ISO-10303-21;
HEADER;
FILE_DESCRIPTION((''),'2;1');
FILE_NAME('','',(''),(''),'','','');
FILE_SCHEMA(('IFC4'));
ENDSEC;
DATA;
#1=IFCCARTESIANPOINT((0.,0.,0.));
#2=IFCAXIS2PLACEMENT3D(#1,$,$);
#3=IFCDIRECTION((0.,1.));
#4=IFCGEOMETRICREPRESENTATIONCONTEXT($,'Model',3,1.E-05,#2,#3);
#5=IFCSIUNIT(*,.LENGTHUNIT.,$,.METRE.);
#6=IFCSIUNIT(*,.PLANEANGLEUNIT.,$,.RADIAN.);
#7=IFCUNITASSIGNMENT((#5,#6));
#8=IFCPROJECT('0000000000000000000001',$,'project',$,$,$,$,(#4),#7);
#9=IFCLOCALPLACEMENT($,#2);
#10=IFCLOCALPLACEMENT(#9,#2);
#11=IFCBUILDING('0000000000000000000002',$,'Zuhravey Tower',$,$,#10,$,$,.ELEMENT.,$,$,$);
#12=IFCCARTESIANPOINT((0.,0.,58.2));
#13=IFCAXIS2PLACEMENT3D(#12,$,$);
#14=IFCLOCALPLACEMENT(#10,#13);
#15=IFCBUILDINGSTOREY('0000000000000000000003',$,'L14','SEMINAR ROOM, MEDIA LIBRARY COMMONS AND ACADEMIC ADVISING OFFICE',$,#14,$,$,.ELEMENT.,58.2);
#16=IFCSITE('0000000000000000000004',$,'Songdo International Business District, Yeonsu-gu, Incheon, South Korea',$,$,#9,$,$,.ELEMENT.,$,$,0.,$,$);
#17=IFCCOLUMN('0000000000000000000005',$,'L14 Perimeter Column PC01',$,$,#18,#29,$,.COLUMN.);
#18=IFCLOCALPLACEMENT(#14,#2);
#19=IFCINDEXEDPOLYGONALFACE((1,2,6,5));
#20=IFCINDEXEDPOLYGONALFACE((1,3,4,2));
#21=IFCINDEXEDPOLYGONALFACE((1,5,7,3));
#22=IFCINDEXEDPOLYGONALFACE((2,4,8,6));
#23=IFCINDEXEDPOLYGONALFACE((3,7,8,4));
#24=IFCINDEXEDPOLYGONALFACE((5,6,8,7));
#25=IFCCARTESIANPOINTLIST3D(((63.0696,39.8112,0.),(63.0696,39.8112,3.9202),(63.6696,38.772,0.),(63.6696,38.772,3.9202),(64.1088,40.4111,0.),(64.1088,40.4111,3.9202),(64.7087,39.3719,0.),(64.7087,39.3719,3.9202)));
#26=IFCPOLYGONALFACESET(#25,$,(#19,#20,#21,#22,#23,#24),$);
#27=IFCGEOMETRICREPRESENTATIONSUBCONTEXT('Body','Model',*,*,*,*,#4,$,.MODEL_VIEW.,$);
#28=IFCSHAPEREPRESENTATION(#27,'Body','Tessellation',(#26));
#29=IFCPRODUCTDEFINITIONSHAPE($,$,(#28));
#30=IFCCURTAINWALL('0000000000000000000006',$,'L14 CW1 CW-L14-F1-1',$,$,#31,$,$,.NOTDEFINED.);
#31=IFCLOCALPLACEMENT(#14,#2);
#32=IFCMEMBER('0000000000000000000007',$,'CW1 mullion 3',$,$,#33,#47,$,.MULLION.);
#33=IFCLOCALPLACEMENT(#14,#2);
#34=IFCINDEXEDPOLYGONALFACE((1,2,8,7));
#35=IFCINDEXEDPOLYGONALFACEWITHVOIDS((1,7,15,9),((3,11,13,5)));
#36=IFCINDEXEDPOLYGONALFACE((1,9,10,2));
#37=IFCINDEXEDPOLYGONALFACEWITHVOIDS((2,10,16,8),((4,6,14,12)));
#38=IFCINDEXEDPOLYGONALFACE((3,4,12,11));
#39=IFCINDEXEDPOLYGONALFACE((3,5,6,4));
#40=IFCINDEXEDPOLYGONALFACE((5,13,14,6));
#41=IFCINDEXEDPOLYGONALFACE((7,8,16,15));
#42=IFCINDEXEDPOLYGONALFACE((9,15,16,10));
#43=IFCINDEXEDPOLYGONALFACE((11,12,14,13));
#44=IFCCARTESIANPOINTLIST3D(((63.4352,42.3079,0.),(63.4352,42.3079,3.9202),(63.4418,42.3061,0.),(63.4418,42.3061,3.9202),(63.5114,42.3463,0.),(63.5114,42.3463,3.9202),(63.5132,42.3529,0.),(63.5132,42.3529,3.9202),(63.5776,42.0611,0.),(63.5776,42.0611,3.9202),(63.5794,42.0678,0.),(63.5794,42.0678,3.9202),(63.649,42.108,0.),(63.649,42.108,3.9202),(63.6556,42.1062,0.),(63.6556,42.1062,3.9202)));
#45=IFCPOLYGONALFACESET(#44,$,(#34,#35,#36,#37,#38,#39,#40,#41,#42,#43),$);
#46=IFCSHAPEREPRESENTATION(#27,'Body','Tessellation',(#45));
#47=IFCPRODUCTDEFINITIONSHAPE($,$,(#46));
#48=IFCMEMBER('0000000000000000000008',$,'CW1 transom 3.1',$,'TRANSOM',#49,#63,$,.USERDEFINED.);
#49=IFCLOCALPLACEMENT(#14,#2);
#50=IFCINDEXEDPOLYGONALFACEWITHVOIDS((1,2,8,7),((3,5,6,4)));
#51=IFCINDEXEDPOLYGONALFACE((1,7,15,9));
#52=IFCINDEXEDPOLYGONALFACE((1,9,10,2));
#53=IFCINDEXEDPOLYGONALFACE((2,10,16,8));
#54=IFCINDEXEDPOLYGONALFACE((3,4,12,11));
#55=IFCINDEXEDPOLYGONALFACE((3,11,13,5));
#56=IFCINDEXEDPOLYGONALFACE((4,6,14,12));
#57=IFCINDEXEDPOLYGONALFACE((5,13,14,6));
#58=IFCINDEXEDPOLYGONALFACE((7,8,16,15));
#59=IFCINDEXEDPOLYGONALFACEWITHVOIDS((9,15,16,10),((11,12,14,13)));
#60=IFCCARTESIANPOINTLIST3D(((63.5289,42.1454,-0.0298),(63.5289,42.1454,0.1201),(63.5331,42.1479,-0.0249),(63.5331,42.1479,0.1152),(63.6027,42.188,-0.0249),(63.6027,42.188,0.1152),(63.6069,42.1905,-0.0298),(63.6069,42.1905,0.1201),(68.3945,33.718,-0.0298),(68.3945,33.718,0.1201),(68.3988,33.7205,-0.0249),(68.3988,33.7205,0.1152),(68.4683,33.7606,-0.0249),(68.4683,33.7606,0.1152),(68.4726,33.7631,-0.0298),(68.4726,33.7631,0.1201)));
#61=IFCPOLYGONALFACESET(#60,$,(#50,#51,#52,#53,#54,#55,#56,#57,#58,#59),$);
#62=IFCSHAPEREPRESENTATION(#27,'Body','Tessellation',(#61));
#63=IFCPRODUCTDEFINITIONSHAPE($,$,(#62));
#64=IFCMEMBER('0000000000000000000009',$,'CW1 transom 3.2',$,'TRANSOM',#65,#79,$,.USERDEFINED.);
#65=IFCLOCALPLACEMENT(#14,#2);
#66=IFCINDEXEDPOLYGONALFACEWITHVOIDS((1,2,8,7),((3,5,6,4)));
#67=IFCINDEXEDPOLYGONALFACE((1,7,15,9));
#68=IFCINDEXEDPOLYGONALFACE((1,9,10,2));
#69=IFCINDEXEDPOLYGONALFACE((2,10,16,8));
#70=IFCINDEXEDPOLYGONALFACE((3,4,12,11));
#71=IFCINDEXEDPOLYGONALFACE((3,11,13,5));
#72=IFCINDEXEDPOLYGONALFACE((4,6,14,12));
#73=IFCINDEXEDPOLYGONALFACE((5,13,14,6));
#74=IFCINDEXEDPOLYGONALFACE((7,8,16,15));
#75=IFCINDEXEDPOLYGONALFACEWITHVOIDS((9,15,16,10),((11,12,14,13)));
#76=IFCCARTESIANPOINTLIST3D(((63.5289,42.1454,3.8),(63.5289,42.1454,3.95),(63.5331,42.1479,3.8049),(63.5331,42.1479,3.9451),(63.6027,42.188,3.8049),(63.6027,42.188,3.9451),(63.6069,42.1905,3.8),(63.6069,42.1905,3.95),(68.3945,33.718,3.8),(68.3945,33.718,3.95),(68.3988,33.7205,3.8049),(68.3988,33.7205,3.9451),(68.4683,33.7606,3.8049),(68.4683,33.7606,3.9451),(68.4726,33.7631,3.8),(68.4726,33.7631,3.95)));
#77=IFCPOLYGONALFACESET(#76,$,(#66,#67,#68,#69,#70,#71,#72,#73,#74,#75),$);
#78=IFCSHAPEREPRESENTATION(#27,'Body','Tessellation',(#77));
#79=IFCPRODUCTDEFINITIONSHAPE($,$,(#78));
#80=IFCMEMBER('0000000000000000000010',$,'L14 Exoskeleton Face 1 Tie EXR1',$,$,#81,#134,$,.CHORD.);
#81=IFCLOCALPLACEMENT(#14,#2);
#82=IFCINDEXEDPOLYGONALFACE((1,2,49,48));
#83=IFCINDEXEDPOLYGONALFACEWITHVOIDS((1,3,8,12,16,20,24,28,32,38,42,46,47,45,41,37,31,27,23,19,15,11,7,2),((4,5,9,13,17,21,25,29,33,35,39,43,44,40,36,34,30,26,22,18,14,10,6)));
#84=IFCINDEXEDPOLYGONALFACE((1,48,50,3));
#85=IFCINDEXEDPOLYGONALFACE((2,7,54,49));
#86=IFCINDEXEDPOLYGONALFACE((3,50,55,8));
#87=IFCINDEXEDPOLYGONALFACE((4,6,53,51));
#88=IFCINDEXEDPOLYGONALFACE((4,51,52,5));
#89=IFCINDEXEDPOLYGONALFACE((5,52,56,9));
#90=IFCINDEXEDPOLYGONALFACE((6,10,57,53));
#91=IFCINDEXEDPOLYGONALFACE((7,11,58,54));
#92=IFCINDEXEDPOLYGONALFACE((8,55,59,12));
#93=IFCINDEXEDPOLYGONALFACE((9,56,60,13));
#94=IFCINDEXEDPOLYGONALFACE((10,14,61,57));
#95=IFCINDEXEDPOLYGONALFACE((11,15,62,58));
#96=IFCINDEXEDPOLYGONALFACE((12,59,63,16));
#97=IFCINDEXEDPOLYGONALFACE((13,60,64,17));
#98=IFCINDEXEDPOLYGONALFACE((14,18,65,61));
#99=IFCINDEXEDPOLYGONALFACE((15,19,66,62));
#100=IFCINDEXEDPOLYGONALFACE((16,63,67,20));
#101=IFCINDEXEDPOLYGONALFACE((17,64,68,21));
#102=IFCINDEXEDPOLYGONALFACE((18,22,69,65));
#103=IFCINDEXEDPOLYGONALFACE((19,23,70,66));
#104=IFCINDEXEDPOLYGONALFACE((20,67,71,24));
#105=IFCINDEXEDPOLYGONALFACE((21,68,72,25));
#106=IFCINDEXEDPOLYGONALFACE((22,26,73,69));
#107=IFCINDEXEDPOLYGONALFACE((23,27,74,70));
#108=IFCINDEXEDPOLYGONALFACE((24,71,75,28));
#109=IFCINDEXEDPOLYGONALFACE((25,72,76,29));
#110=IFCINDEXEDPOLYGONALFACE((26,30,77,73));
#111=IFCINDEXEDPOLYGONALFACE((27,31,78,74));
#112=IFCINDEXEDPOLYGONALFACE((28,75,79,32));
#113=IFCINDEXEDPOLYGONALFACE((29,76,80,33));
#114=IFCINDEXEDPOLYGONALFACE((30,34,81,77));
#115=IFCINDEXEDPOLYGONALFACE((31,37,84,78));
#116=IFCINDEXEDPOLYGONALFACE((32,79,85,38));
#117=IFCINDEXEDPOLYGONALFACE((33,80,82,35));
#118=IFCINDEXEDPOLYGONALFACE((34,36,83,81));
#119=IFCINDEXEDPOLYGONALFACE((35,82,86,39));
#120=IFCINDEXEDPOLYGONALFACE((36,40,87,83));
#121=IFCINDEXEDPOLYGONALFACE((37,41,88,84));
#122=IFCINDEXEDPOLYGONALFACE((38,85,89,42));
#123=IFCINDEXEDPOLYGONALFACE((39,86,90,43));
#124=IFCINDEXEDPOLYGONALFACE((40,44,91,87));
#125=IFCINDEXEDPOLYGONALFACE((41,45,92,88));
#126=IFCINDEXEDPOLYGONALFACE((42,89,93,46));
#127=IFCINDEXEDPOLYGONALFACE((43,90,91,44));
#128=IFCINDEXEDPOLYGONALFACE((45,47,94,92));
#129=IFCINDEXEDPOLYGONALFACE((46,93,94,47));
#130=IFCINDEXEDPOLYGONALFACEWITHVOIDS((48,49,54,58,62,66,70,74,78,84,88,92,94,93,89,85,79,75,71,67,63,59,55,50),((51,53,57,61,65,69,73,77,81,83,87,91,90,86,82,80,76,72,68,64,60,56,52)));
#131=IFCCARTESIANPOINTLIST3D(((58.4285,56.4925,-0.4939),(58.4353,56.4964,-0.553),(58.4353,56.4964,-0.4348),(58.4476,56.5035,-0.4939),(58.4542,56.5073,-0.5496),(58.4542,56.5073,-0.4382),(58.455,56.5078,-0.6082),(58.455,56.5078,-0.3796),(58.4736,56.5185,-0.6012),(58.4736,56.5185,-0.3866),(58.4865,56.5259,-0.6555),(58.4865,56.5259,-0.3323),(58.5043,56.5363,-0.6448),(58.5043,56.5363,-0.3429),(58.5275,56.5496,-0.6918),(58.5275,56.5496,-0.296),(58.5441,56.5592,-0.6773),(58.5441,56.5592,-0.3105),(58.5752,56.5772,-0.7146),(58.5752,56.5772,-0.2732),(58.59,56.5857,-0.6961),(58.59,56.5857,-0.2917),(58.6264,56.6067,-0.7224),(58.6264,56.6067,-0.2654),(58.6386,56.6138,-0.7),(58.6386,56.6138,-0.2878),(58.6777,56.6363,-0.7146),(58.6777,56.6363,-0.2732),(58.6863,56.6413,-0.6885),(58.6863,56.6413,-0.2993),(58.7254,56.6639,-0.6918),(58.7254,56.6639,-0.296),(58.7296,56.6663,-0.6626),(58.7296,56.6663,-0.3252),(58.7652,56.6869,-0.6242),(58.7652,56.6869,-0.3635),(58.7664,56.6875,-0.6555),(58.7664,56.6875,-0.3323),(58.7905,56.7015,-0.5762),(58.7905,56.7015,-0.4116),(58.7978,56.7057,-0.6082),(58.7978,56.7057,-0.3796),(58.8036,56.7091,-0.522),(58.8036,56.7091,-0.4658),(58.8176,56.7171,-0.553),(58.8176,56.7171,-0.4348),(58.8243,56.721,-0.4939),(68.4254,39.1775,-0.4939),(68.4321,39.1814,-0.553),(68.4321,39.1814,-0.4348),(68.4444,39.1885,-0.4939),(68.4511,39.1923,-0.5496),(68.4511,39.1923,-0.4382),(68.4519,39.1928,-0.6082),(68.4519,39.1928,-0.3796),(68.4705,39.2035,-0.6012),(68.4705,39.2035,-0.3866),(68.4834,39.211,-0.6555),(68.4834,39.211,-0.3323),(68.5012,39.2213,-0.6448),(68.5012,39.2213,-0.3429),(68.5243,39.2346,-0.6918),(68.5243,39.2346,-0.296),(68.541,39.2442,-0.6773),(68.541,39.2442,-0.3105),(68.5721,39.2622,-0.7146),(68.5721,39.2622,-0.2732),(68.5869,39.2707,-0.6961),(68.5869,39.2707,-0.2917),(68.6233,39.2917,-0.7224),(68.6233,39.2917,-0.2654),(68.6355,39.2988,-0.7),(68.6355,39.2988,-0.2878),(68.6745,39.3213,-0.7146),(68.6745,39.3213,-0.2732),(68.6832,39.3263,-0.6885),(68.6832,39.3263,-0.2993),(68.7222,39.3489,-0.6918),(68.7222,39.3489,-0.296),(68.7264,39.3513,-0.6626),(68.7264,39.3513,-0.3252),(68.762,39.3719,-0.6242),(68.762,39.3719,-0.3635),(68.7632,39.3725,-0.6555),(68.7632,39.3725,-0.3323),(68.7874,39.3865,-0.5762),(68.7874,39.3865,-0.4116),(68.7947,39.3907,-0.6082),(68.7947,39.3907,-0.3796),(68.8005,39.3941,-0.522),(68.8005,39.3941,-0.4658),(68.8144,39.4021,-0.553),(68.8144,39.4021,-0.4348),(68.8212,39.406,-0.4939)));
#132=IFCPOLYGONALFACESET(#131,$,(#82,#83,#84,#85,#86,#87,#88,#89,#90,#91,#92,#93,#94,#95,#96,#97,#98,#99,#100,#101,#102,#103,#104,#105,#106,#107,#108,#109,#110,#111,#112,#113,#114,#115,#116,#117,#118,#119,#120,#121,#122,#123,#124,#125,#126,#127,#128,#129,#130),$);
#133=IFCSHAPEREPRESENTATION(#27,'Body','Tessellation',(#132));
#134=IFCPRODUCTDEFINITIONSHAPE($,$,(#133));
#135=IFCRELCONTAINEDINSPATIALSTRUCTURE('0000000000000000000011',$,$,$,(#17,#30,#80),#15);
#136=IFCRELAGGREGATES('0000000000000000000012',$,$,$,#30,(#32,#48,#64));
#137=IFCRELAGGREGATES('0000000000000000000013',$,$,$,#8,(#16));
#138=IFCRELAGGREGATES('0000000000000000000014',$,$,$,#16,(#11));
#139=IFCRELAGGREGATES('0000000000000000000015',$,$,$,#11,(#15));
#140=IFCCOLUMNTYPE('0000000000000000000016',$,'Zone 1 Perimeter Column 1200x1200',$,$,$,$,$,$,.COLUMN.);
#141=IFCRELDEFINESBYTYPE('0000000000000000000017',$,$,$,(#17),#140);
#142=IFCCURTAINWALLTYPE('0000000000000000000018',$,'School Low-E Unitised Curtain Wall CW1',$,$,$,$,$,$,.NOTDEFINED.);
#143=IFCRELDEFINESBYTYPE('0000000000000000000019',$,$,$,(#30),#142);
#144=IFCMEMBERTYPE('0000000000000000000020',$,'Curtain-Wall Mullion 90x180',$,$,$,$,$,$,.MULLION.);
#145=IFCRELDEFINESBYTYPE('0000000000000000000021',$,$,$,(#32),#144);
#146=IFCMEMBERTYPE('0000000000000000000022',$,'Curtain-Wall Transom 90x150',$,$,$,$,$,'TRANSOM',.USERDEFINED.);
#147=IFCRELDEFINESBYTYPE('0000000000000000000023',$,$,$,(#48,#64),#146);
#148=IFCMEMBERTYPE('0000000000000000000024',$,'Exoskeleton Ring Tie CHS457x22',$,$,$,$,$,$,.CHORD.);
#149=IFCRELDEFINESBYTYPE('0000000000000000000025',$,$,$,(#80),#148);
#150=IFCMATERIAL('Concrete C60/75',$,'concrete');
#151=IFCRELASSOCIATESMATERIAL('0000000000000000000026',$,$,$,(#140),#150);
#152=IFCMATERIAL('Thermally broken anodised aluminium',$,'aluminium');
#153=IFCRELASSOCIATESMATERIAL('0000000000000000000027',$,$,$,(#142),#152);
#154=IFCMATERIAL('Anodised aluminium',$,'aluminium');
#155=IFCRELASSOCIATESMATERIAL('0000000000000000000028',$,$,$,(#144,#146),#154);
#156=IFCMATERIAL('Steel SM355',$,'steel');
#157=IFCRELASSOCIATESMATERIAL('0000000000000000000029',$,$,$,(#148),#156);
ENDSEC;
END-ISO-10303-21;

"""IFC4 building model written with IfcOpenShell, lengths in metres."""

from ifc_helpers import new_model, si_unit, direction, frame, origin, origin_2d, place, context, subcontext, project, spatial, rectangle, hollow_rectangle, hollow_circle, extrude, material, material_profile, profile_set, type_object, element, aggregate, save


model = new_model("IFC4")

# Units and contexts
model_context = context("Model", 3, precision=1e-05, world=origin(), true_north=direction((0.0, 1.0)))
body_context = subcontext(model_context, "Body", "Model", "MODEL_VIEW")
ifc_project = project(units=[si_unit("LENGTHUNIT", "METRE"), si_unit("PLANEANGLEUNIT", "RADIAN")], contexts=[model_context])

# Site, building, storey
site_placement = place(None, origin())
site = spatial("IfcSite", under=ifc_project, at=site_placement, Name="Songdo International Business District, Yeonsu-gu, Incheon, South Korea", CompositionType="ELEMENT", RefElevation=0.0)
building_placement = place(site_placement, origin())
building = spatial("IfcBuilding", under=site, at=building_placement, Name="Zuhravey Tower", CompositionType="ELEMENT")
storey_placement = place(building_placement, frame((0.0, 0.0, 58.2)))
storey = spatial("IfcBuildingStorey", under=building, at=storey_placement, Name="L14", Description="SEMINAR ROOM, MEDIA LIBRARY COMMONS AND ACADEMIC ADVISING OFFICE", CompositionType="ELEMENT", Elevation=58.2)

# Column
ifc_material_1 = material(Name="Concrete C60/75", Category="concrete")
ifc_material_profile_1 = material_profile(ifc_material_1, rectangle(XDim=1.2, YDim=1.2, at=origin_2d()), Name="RC-1200x1200")
ifc_profile_set_1 = profile_set([ifc_material_profile_1], Name="Concrete C60/75")
column_type = type_object("IfcColumnType", Name="Zone 1 Perimeter Column 1200x1200", PredefinedType="COLUMN", material=ifc_profile_set_1)
column_placement = place(storey_placement, frame((63.8892, 39.5916, 0.0), z_axis=(0.0, 0.0, 1.0), x_axis=(-0.5, 0.866025, 0.0)))
element("IfcColumn", 1, at=column_placement, inside=storey, type_object=column_type, Name="L14 Perimeter Column PC01", PredefinedType="COLUMN", context=body_context, shape_type="SweptSolid", body=[
    extrude(rectangle(XDim=1.2, YDim=1.2, at=origin_2d()), origin(), (0.0, 0.0, 1.0), 3.9202),
])

# Curtain wall, members
ifc_material_2 = material(Name="Thermally broken anodised aluminium", Category="aluminium")
curtain_wall_type = type_object("IfcCurtainWallType", Name="School Low-E Unitised Curtain Wall CW1", PredefinedType="NOTDEFINED", material=ifc_material_2)
curtain_wall_placement = place(storey_placement, origin())
curtain_wall = element("IfcCurtainWall", 2, at=curtain_wall_placement, inside=storey, type_object=curtain_wall_type, Name="L14 CW1 CW-L14-F1-1", PredefinedType="NOTDEFINED")
ifc_material_3 = material(Name="Anodised aluminium", Category="aluminium")
ifc_material_profile_2 = material_profile(ifc_material_3, hollow_rectangle(XDim=0.0901, YDim=0.2849, WallThickness=0.0049, at=origin_2d()), Name="ALU-RHS-90x285x5")
ifc_profile_set_2 = profile_set([ifc_material_profile_2], Name="Anodised aluminium")
member_type_1 = type_object("IfcMemberType", Name="Curtain-Wall Mullion 90x180", PredefinedType="MULLION", material=ifc_profile_set_2)
member_1_placement = place(storey_placement, frame((63.5454, 42.207, 0.0), z_axis=(0.0, 0.0, 1.0), x_axis=(0.866026, 0.5, 0.0)))
member_1 = element("IfcMember", 3, at=member_1_placement, type_object=member_type_1, Name="CW1 mullion 3", PredefinedType="MULLION", context=body_context, shape_type="SweptSolid", body=[
    extrude(hollow_rectangle(XDim=0.0901, YDim=0.2849, WallThickness=0.0049, at=origin_2d()), origin(), (0.0, 0.0, 1.0), 3.9202),
])
ifc_material_profile_3 = material_profile(ifc_material_3, hollow_rectangle(XDim=0.0901, YDim=0.1499, WallThickness=0.0049, at=origin_2d()), Name="ALU-RHS-90x150x5")
ifc_profile_set_3 = profile_set([ifc_material_profile_3], Name="Anodised aluminium")
member_type_2 = type_object("IfcMemberType", Name="Curtain-Wall Transom 90x150", ElementType="TRANSOM", PredefinedType="USERDEFINED", material=ifc_profile_set_3)
member_2_placement = place(storey_placement, frame((63.5679, 42.168, 0.0452), z_axis=(0.500008, -0.866021, 0.0), x_axis=(0.866021, 0.500008, 0.0)))
member_2 = element("IfcMember", 4, at=member_2_placement, type_object=member_type_2, Name="CW1 transom 3.1", ObjectType="TRANSOM", PredefinedType="USERDEFINED", context=body_context, shape_type="SweptSolid", body=[
    extrude(hollow_rectangle(XDim=0.0901, YDim=0.1499, WallThickness=0.0049, at=origin_2d()), origin(), (0.0, 0.0, 1.0), 9.7312),
])
member_3_placement = place(storey_placement, frame((63.5679, 42.168, 3.875), z_axis=(0.500008, -0.866021, 0.0), x_axis=(0.866021, 0.500008, 0.0)))
member_3 = element("IfcMember", 5, at=member_3_placement, type_object=member_type_2, Name="CW1 transom 3.2", ObjectType="TRANSOM", PredefinedType="USERDEFINED", context=body_context, shape_type="SweptSolid", body=[
    extrude(hollow_rectangle(XDim=0.0901, YDim=0.1499, WallThickness=0.0049, at=origin_2d()), origin(), (0.0, 0.0, 1.0), 9.7312),
])

# Member
ifc_material_4 = material(Name="Steel SM355", Category="steel")
ifc_material_profile_4 = material_profile(ifc_material_4, hollow_circle(Radius=0.2285, WallThickness=0.022, at=origin_2d()), Name="CHS-457.2x22")
ifc_profile_set_4 = profile_set([ifc_material_profile_4], Name="Steel SM355")
member_type_3 = type_object("IfcMemberType", Name="Exoskeleton Ring Tie CHS457x22", PredefinedType="CHORD", material=ifc_profile_set_4)
member_4_placement = place(storey_placement, frame((68.6233, 39.2917, -0.4939), z_axis=(-0.500002, 0.866025, 0.0), x_axis=(-0.866025, -0.500002, 0.0)))
element("IfcMember", 6, at=member_4_placement, inside=storey, type_object=member_type_3, Name="L14 Exoskeleton Face 1 Tie EXR1", PredefinedType="CHORD", context=body_context, shape_type="SweptSolid", body=[
    extrude(hollow_circle(Radius=0.2285, WallThickness=0.022, at=origin_2d()), origin(), (0.0, 0.0, 1.0), 19.9937),
])

aggregate(curtain_wall, [member_1, member_2, member_3])

save(model, "model.ifc")
